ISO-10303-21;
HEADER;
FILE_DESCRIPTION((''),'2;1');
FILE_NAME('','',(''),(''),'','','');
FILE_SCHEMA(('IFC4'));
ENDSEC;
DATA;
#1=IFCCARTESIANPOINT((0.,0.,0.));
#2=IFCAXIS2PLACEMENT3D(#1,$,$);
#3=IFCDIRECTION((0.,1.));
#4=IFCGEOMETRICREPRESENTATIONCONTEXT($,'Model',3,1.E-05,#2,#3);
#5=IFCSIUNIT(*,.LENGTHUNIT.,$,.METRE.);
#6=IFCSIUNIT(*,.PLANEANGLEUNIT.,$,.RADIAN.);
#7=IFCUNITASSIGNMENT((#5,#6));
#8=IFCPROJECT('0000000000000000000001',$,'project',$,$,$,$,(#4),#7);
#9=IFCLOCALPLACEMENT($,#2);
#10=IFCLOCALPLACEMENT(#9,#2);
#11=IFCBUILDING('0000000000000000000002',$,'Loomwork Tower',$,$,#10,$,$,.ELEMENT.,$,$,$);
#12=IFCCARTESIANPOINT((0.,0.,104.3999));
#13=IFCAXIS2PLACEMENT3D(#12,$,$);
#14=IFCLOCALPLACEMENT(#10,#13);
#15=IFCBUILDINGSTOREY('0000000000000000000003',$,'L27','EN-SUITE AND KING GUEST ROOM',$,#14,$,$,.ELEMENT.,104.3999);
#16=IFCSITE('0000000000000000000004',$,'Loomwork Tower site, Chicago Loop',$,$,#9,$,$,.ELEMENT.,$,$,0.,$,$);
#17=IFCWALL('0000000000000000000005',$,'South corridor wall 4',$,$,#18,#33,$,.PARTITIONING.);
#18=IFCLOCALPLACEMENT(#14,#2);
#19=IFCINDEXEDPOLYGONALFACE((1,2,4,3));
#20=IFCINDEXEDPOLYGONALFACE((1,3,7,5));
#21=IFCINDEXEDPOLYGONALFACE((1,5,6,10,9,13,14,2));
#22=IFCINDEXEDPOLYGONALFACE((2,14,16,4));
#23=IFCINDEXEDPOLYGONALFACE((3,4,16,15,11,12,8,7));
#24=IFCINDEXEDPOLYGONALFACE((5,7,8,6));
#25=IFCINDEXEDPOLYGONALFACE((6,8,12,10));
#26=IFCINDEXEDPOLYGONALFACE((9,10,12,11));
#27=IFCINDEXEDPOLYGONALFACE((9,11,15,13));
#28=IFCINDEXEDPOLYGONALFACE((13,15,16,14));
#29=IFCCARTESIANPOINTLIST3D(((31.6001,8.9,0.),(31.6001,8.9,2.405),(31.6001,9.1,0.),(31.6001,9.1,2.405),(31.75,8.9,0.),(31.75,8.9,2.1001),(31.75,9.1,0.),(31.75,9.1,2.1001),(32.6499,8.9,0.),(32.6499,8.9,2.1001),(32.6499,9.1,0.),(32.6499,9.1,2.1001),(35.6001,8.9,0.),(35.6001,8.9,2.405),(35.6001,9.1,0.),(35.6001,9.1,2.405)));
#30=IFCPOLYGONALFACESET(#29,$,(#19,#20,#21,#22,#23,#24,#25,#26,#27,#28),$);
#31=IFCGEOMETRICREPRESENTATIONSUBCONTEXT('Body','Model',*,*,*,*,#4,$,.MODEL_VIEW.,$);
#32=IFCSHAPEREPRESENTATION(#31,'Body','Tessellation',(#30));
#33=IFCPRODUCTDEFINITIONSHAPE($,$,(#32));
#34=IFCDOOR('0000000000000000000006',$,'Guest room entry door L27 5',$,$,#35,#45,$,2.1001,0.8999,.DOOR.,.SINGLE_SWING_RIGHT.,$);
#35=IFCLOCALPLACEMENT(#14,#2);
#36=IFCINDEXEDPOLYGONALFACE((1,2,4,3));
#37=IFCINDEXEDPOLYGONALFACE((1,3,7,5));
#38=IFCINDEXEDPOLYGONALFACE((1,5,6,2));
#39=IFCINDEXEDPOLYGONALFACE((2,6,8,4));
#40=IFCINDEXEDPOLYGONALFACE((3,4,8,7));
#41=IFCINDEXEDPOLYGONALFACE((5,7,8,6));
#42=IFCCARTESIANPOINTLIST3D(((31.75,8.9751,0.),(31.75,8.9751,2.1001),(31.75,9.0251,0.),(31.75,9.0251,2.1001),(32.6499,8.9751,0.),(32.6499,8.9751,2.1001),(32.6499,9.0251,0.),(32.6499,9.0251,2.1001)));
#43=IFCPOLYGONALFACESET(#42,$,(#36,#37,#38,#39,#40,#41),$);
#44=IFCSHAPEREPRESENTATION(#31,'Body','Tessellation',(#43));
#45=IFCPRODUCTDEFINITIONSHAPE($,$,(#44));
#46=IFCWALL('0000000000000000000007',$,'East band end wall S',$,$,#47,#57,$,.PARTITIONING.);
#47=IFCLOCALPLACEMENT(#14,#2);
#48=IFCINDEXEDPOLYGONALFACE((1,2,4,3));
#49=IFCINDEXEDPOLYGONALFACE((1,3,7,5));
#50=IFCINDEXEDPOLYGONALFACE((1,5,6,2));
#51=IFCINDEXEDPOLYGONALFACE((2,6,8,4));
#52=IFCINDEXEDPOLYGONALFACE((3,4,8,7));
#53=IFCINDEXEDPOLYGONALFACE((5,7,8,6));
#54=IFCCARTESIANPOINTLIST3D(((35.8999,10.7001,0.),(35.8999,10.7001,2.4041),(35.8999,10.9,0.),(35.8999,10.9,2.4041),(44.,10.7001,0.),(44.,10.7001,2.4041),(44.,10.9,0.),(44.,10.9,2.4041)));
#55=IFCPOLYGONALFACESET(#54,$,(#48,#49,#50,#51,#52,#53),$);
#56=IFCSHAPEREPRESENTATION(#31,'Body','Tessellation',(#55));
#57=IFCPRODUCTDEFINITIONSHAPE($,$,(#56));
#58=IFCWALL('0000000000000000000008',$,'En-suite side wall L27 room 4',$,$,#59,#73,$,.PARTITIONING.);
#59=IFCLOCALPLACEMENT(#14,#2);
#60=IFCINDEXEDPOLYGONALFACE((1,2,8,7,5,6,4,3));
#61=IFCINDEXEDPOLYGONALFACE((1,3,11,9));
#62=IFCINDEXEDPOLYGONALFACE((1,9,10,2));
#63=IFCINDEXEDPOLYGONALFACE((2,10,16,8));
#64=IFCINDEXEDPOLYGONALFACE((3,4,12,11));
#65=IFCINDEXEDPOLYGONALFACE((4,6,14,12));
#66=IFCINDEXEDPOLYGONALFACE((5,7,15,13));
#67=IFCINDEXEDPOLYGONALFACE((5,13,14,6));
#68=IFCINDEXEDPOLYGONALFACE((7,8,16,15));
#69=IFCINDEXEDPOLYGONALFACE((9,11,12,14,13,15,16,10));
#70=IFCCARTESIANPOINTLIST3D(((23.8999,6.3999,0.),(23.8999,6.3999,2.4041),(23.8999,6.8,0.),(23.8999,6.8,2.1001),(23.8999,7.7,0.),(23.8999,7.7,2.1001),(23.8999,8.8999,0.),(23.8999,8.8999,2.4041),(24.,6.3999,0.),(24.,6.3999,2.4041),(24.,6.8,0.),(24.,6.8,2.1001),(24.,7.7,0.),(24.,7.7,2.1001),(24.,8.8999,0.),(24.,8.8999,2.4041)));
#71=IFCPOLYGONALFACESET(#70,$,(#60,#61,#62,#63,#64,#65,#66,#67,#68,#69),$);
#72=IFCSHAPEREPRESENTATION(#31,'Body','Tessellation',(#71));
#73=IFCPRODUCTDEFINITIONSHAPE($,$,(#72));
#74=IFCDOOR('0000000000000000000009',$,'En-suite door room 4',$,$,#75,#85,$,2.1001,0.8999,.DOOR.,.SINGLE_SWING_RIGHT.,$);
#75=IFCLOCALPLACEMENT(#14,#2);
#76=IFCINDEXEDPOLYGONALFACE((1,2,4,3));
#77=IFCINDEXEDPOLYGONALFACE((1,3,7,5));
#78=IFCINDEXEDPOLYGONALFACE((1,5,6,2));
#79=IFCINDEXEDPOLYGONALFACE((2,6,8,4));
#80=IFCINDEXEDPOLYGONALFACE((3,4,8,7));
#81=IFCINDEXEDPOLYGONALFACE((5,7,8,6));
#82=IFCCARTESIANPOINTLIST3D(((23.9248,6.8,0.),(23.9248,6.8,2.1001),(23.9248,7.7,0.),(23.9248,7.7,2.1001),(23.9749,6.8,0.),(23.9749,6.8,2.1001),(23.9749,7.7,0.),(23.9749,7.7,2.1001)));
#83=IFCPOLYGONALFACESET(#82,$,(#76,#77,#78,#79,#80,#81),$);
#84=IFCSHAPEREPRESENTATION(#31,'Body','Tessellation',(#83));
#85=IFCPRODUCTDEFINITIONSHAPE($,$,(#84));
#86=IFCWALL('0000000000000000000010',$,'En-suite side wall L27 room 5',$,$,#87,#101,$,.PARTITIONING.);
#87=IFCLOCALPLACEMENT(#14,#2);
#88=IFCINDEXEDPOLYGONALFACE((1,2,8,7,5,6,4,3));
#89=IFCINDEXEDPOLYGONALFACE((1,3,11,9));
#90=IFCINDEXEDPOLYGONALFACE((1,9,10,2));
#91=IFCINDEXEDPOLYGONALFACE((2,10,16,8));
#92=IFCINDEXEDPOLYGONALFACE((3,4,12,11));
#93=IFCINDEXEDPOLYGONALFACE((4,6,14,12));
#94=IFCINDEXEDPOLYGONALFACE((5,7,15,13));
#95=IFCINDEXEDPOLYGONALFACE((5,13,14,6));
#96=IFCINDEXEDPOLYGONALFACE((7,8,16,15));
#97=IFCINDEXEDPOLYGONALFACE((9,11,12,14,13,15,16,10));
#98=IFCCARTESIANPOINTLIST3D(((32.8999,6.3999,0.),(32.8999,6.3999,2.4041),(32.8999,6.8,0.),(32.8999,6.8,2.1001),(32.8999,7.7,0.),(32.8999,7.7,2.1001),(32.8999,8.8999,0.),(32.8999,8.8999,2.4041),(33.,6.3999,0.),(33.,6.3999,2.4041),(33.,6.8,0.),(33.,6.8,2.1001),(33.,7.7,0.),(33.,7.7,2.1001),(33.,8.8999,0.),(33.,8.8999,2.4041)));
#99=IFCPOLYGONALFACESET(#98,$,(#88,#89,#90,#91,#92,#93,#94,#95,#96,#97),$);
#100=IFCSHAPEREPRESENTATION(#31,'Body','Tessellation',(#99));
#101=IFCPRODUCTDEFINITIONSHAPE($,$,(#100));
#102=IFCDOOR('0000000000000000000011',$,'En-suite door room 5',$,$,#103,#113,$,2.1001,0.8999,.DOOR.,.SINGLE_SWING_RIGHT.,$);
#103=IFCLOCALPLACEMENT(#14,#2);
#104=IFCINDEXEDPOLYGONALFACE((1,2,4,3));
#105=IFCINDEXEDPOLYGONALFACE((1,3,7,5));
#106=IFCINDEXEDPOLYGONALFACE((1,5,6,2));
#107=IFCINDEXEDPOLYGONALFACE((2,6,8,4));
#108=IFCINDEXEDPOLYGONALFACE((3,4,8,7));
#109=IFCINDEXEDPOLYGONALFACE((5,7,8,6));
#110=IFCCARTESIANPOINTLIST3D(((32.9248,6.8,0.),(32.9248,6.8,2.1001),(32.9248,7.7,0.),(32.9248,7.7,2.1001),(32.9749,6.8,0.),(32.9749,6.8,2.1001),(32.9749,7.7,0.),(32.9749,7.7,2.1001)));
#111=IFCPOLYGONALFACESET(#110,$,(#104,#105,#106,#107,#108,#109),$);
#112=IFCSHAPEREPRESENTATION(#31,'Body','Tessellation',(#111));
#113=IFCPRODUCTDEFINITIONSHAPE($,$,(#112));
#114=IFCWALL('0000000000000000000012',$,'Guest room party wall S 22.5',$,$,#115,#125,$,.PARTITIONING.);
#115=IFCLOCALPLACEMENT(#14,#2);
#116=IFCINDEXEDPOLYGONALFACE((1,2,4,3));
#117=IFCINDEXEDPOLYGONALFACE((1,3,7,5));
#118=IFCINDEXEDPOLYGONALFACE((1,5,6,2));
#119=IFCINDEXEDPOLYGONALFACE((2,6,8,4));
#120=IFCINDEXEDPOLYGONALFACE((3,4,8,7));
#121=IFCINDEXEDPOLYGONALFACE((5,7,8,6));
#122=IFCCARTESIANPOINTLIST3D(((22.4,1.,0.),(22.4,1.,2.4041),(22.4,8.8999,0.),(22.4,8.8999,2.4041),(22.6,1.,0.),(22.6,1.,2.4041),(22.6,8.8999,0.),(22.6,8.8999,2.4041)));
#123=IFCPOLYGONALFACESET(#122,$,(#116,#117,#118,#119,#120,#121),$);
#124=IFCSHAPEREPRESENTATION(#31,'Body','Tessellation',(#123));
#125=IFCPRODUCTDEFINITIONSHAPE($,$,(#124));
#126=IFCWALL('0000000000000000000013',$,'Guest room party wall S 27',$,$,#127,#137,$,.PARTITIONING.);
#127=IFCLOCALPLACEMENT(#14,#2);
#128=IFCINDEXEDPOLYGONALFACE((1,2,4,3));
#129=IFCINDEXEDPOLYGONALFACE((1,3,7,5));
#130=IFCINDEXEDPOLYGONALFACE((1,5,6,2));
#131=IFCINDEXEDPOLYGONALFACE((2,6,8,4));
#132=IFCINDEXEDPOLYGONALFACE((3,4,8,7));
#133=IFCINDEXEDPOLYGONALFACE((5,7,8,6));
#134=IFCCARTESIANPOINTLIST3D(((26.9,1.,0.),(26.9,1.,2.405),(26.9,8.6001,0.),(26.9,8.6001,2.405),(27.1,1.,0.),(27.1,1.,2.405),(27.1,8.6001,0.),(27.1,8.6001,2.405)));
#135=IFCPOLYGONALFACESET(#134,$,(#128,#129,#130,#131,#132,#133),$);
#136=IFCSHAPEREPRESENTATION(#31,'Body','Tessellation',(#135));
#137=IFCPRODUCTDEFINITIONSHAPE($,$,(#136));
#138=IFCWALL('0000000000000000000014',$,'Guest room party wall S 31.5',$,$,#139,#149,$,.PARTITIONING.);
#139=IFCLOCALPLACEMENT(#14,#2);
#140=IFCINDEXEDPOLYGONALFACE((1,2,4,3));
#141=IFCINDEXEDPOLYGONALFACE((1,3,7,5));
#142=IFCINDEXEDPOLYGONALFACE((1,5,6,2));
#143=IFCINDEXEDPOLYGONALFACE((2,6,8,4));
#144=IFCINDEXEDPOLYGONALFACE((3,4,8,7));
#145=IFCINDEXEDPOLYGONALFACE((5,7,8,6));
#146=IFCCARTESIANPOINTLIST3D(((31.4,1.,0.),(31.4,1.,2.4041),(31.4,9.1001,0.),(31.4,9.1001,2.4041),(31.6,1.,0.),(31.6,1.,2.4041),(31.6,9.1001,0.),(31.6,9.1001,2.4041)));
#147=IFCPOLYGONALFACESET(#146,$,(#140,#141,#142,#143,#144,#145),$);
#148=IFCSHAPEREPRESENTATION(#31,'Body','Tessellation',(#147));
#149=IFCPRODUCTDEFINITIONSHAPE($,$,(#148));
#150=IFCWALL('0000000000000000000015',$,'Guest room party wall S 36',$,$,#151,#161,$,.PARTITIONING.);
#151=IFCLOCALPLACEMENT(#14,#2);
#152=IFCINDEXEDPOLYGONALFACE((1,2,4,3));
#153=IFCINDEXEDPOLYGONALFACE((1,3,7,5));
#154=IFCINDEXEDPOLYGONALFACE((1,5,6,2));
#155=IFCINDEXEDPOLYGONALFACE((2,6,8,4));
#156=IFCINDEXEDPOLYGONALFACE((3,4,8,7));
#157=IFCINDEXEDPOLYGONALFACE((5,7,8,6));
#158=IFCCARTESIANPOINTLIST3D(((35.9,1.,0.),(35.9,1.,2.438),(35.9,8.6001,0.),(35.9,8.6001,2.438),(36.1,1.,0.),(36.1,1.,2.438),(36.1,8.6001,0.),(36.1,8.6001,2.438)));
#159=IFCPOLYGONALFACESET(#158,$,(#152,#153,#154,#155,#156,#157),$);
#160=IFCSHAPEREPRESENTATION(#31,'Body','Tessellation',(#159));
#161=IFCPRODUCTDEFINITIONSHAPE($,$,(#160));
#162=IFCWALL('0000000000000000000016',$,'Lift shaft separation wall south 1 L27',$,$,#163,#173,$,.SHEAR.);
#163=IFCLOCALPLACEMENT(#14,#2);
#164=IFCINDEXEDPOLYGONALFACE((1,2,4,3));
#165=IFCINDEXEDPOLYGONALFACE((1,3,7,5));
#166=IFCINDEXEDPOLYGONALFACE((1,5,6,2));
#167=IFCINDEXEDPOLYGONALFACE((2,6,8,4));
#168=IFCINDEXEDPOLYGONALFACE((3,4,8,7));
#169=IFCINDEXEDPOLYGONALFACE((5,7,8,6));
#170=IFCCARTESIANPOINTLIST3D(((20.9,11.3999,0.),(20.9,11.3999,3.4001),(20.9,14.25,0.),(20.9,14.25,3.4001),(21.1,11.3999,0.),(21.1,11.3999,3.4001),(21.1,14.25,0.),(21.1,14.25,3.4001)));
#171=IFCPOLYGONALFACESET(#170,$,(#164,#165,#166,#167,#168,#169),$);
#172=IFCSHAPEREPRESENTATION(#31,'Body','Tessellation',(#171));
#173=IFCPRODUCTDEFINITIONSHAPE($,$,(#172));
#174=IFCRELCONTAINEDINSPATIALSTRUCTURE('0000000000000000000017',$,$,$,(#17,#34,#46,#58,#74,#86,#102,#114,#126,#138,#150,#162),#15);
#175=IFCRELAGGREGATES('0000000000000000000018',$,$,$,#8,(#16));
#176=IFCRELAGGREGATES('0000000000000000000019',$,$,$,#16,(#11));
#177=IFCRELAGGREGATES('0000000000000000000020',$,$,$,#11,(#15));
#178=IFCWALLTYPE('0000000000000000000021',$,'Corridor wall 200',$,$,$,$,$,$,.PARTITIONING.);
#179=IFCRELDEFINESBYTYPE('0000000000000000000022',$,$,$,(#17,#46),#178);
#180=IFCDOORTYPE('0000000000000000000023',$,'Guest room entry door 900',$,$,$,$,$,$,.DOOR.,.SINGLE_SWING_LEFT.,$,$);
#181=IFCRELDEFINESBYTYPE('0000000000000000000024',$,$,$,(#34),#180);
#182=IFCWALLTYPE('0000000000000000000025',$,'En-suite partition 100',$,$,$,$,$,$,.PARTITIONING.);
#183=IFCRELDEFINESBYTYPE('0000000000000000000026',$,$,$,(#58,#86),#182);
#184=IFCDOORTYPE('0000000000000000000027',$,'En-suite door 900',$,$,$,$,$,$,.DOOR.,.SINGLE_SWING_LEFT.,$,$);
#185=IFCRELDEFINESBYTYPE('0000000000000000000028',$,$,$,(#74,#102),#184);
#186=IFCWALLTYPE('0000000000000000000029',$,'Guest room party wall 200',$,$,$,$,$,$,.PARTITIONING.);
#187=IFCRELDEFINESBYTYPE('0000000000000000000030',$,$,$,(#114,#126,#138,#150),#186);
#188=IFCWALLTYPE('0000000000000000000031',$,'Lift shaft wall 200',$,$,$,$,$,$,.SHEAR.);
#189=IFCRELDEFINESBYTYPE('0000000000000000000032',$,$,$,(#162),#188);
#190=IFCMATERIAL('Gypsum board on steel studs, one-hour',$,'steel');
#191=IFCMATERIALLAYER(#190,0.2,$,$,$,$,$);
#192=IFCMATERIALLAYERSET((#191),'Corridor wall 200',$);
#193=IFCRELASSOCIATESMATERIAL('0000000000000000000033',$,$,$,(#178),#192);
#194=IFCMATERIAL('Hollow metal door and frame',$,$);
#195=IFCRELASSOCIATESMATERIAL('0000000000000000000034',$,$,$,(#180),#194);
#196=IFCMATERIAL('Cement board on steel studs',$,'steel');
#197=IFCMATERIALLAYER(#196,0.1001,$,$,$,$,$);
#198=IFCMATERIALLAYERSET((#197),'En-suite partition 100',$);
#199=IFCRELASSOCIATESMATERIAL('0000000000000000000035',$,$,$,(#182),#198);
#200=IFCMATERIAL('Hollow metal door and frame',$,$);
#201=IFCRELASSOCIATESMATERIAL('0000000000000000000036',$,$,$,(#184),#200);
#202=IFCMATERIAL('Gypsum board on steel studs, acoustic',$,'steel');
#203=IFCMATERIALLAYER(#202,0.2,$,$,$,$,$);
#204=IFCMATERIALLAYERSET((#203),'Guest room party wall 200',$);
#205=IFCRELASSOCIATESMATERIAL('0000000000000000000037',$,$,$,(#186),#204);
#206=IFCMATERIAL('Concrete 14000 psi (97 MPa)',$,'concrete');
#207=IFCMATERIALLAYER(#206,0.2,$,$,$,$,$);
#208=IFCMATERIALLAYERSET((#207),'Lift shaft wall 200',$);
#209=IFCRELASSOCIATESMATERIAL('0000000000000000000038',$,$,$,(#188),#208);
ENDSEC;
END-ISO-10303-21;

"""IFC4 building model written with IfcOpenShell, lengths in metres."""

from ifc_helpers import new_model, si_unit, direction, frame, frame_2d, origin, place, context, subcontext, project, spatial, rectangle, extrude, material, layer, layer_set, type_object, element, fill, save


model = new_model("IFC4")

# Units and contexts
model_context = context("Model", 3, precision=1e-05, world=origin(), true_north=direction((0.0, 1.0)))
body_context = subcontext(model_context, "Body", "Model", "MODEL_VIEW")
ifc_project = project(units=[si_unit("LENGTHUNIT", "METRE"), si_unit("PLANEANGLEUNIT", "RADIAN")], contexts=[model_context])

# Site, building, storey
site_placement = place(None, origin())
site = spatial("IfcSite", under=ifc_project, at=site_placement, Name="Loomwork Tower site, Chicago Loop", CompositionType="ELEMENT", RefElevation=0.0)
building_placement = place(site_placement, origin())
building = spatial("IfcBuilding", under=site, at=building_placement, Name="Loomwork Tower", CompositionType="ELEMENT")
storey_placement = place(building_placement, frame((0.0, 0.0, 104.3999)))
storey = spatial("IfcBuildingStorey", under=building, at=storey_placement, Name="L27", Description="EN-SUITE AND KING GUEST ROOM", CompositionType="ELEMENT", Elevation=104.3999)

# Wall, opening, door
ifc_material_1 = material(Name="Gypsum board on steel studs, one-hour", Category="steel")
ifc_layer_1 = layer(ifc_material_1, 0.2)
ifc_layer_set_1 = layer_set([ifc_layer_1], Name="Corridor wall 200")
wall_type_1 = type_object("IfcWallType", Name="Corridor wall 200", PredefinedType="PARTITIONING", material=ifc_layer_set_1)
wall_1_placement = place(storey_placement, frame((31.6001, 9.0, 0.0), z_axis=(0.0, 0.0, 1.0), x_axis=(1.0, 0.0, 0.0)))
wall_1 = element("IfcWall", 1, at=wall_1_placement, inside=storey, type_object=wall_type_1, Name="South corridor wall 4", PredefinedType="PARTITIONING", context=body_context, shape_type="SweptSolid", body=[
    extrude(rectangle(XDim=4.0, YDim=0.2, at=frame_2d((2.0, 0.0))), origin(), (0.0, 0.0, 1.0), 2.405),
])
opening_1_placement = place(wall_1_placement, frame((0.1499, 0.0, 0.0)))
opening_1 = element("IfcOpeningElement", 2, at=opening_1_placement, cuts=wall_1, PredefinedType="OPENING", context=body_context, shape_type="SweptSolid", body=[
    extrude(rectangle(XDim=0.8999, YDim=2.1001, at=frame_2d((0.45, 1.05))), frame((0.0, 0.1099, 0.0), z_axis=(0.0, -1.0, 0.0), x_axis=(1.0, 0.0, 0.0)), (0.0, 0.0, 1.0), 0.22),
])
ifc_material_2 = material(Name="Hollow metal door and frame")
door_type_1 = type_object("IfcDoorType", Name="Guest room entry door 900", OperationType="SINGLE_SWING_LEFT", PredefinedType="DOOR", material=ifc_material_2)
door_1_placement = place(opening_1_placement, frame((0.8999, 0.0, 0.0), z_axis=(0.0, 0.0, 1.0), x_axis=(-1.0, 0.0, 0.0)))
door_1 = element("IfcDoor", 3, at=door_1_placement, inside=storey, type_object=door_type_1, Name="Guest room entry door L27 5", OperationType="SINGLE_SWING_RIGHT", OverallHeight=2.1001, OverallWidth=0.8999, PredefinedType="DOOR", context=body_context, shape_type="SweptSolid", body=[
    extrude(rectangle(XDim=0.8999, YDim=2.1001, at=frame_2d((0.45, 1.05))), frame((0.0, 0.0249, 0.0), z_axis=(0.0, -1.0, 0.0), x_axis=(1.0, 0.0, 0.0)), (0.0, 0.0, 1.0), 0.05),
])
fill(opening_1, door_1)

# Wall
wall_2_placement = place(storey_placement, frame((35.8999, 10.8, 0.0), z_axis=(0.0, 0.0, 1.0), x_axis=(1.0, 0.0, 0.0)))
element("IfcWall", 4, at=wall_2_placement, inside=storey, type_object=wall_type_1, Name="East band end wall S", PredefinedType="PARTITIONING", context=body_context, shape_type="SweptSolid", body=[
    extrude(rectangle(XDim=8.1001, YDim=0.2, at=frame_2d((4.05, 0.0))), origin(), (0.0, 0.0, 1.0), 2.4041),
])

# Walls, openings, doors
ifc_material_3 = material(Name="Cement board on steel studs", Category="steel")
ifc_layer_2 = layer(ifc_material_3, 0.1001)
ifc_layer_set_2 = layer_set([ifc_layer_2], Name="En-suite partition 100")
wall_type_2 = type_object("IfcWallType", Name="En-suite partition 100", PredefinedType="PARTITIONING", material=ifc_layer_set_2)
wall_3_placement = place(storey_placement, frame((23.95, 8.8999, 0.0), z_axis=(0.0, 0.0, 1.0), x_axis=(0.0, -1.0, 0.0)))
wall_3 = element("IfcWall", 5, at=wall_3_placement, inside=storey, type_object=wall_type_2, Name="En-suite side wall L27 room 4", PredefinedType="PARTITIONING", context=body_context, shape_type="SweptSolid", body=[
    extrude(rectangle(XDim=2.5, YDim=0.1001, at=frame_2d((1.25, 0.0))), origin(), (0.0, 0.0, 1.0), 2.4041),
])
opening_2_placement = place(wall_3_placement, frame((1.2, 0.0, 0.0)))
opening_2 = element("IfcOpeningElement", 6, at=opening_2_placement, cuts=wall_3, PredefinedType="OPENING", context=body_context, shape_type="SweptSolid", body=[
    extrude(rectangle(XDim=0.8999, YDim=2.1001, at=frame_2d((0.45, 1.05))), frame((0.0, 0.0601, 0.0), z_axis=(0.0, -1.0, 0.0), x_axis=(1.0, 0.0, 0.0)), (0.0, 0.0, 1.0), 0.1201),
])
ifc_material_4 = material(Name="Hollow metal door and frame")
door_type_2 = type_object("IfcDoorType", Name="En-suite door 900", OperationType="SINGLE_SWING_LEFT", PredefinedType="DOOR", material=ifc_material_4)
door_2_placement = place(opening_2_placement, origin())
door_2 = element("IfcDoor", 7, at=door_2_placement, inside=storey, type_object=door_type_2, Name="En-suite door room 4", OperationType="SINGLE_SWING_RIGHT", OverallHeight=2.1001, OverallWidth=0.8999, PredefinedType="DOOR", context=body_context, shape_type="SweptSolid", body=[
    extrude(rectangle(XDim=0.8999, YDim=2.1001, at=frame_2d((0.45, 1.05))), frame((0.0, 0.0249, 0.0), z_axis=(0.0, -1.0, 0.0), x_axis=(1.0, 0.0, 0.0)), (0.0, 0.0, 1.0), 0.05),
])
fill(opening_2, door_2)
wall_4_placement = place(storey_placement, frame((32.95, 8.8999, 0.0), z_axis=(0.0, 0.0, 1.0), x_axis=(0.0, -1.0, 0.0)))
wall_4 = element("IfcWall", 8, at=wall_4_placement, inside=storey, type_object=wall_type_2, Name="En-suite side wall L27 room 5", PredefinedType="PARTITIONING", context=body_context, shape_type="SweptSolid", body=[
    extrude(rectangle(XDim=2.5, YDim=0.1001, at=frame_2d((1.25, 0.0))), origin(), (0.0, 0.0, 1.0), 2.4041),
])
opening_3_placement = place(wall_4_placement, frame((1.2, 0.0, 0.0)))
opening_3 = element("IfcOpeningElement", 9, at=opening_3_placement, cuts=wall_4, PredefinedType="OPENING", context=body_context, shape_type="SweptSolid", body=[
    extrude(rectangle(XDim=0.8999, YDim=2.1001, at=frame_2d((0.45, 1.05))), frame((0.0, 0.0601, 0.0), z_axis=(0.0, -1.0, 0.0), x_axis=(1.0, 0.0, 0.0)), (0.0, 0.0, 1.0), 0.1201),
])
door_3_placement = place(opening_3_placement, origin())
door_3 = element("IfcDoor", 10, at=door_3_placement, inside=storey, type_object=door_type_2, Name="En-suite door room 5", OperationType="SINGLE_SWING_RIGHT", OverallHeight=2.1001, OverallWidth=0.8999, PredefinedType="DOOR", context=body_context, shape_type="SweptSolid", body=[
    extrude(rectangle(XDim=0.8999, YDim=2.1001, at=frame_2d((0.45, 1.05))), frame((0.0, 0.0249, 0.0), z_axis=(0.0, -1.0, 0.0), x_axis=(1.0, 0.0, 0.0)), (0.0, 0.0, 1.0), 0.05),
])
fill(opening_3, door_3)

# Walls
ifc_material_5 = material(Name="Gypsum board on steel studs, acoustic", Category="steel")
ifc_layer_3 = layer(ifc_material_5, 0.2)
ifc_layer_set_3 = layer_set([ifc_layer_3], Name="Guest room party wall 200")
wall_type_3 = type_object("IfcWallType", Name="Guest room party wall 200", PredefinedType="PARTITIONING", material=ifc_layer_set_3)
wall_5_placement = place(storey_placement, frame((22.5, 8.8999, 0.0), z_axis=(0.0, 0.0, 1.0), x_axis=(0.0, -1.0, 0.0)))
element("IfcWall", 11, at=wall_5_placement, inside=storey, type_object=wall_type_3, Name="Guest room party wall S 22.5", PredefinedType="PARTITIONING", context=body_context, shape_type="SweptSolid", body=[
    extrude(rectangle(XDim=7.8999, YDim=0.2, at=frame_2d((3.95, 0.0))), origin(), (0.0, 0.0, 1.0), 2.4041),
])
wall_6_placement = place(storey_placement, frame((27.0, 8.6001, 0.0), z_axis=(0.0, 0.0, 1.0), x_axis=(0.0, -1.0, 0.0)))
element("IfcWall", 12, at=wall_6_placement, inside=storey, type_object=wall_type_3, Name="Guest room party wall S 27", PredefinedType="PARTITIONING", context=body_context, shape_type="SweptSolid", body=[
    extrude(rectangle(XDim=7.6001, YDim=0.2, at=frame_2d((3.8, 0.0))), origin(), (0.0, 0.0, 1.0), 2.405),
])
wall_7_placement = place(storey_placement, frame((31.5, 9.1001, 0.0), z_axis=(0.0, 0.0, 1.0), x_axis=(0.0, -1.0, 0.0)))
element("IfcWall", 13, at=wall_7_placement, inside=storey, type_object=wall_type_3, Name="Guest room party wall S 31.5", PredefinedType="PARTITIONING", context=body_context, shape_type="SweptSolid", body=[
    extrude(rectangle(XDim=8.1001, YDim=0.2, at=frame_2d((4.05, 0.0))), origin(), (0.0, 0.0, 1.0), 2.4041),
])
wall_8_placement = place(storey_placement, frame((36.0, 8.6001, 0.0), z_axis=(0.0, 0.0, 1.0), x_axis=(0.0, -1.0, 0.0)))
element("IfcWall", 14, at=wall_8_placement, inside=storey, type_object=wall_type_3, Name="Guest room party wall S 36", PredefinedType="PARTITIONING", context=body_context, shape_type="SweptSolid", body=[
    extrude(rectangle(XDim=7.6001, YDim=0.2, at=frame_2d((3.8, 0.0))), origin(), (0.0, 0.0, 1.0), 2.438),
])
ifc_material_6 = material(Name="Concrete 14000 psi (97 MPa)", Category="concrete")
ifc_layer_4 = layer(ifc_material_6, 0.2)
ifc_layer_set_4 = layer_set([ifc_layer_4], Name="Lift shaft wall 200")
wall_type_4 = type_object("IfcWallType", Name="Lift shaft wall 200", PredefinedType="SHEAR", material=ifc_layer_set_4)
for number, where, z_axis, x_axis, name in (
    (15, (21.0, 11.3999, 0.0), (0.0, 0.0, 1.0), (0.0, 1.0, 0.0), "Lift shaft separation wall south 1 L27"),
):
    element("IfcWall", number, at=place(storey_placement, frame(where, z_axis=z_axis, x_axis=x_axis)), inside=storey, type_object=wall_type_4, Name=name, PredefinedType="SHEAR", context=body_context, shape_type="SweptSolid", body=[
        extrude(rectangle(XDim=2.8501, YDim=0.2, at=frame_2d((1.425, 0.0))), origin(), (0.0, 0.0, 1.0), 3.4001),
    ])

save(model, "model.ifc")
